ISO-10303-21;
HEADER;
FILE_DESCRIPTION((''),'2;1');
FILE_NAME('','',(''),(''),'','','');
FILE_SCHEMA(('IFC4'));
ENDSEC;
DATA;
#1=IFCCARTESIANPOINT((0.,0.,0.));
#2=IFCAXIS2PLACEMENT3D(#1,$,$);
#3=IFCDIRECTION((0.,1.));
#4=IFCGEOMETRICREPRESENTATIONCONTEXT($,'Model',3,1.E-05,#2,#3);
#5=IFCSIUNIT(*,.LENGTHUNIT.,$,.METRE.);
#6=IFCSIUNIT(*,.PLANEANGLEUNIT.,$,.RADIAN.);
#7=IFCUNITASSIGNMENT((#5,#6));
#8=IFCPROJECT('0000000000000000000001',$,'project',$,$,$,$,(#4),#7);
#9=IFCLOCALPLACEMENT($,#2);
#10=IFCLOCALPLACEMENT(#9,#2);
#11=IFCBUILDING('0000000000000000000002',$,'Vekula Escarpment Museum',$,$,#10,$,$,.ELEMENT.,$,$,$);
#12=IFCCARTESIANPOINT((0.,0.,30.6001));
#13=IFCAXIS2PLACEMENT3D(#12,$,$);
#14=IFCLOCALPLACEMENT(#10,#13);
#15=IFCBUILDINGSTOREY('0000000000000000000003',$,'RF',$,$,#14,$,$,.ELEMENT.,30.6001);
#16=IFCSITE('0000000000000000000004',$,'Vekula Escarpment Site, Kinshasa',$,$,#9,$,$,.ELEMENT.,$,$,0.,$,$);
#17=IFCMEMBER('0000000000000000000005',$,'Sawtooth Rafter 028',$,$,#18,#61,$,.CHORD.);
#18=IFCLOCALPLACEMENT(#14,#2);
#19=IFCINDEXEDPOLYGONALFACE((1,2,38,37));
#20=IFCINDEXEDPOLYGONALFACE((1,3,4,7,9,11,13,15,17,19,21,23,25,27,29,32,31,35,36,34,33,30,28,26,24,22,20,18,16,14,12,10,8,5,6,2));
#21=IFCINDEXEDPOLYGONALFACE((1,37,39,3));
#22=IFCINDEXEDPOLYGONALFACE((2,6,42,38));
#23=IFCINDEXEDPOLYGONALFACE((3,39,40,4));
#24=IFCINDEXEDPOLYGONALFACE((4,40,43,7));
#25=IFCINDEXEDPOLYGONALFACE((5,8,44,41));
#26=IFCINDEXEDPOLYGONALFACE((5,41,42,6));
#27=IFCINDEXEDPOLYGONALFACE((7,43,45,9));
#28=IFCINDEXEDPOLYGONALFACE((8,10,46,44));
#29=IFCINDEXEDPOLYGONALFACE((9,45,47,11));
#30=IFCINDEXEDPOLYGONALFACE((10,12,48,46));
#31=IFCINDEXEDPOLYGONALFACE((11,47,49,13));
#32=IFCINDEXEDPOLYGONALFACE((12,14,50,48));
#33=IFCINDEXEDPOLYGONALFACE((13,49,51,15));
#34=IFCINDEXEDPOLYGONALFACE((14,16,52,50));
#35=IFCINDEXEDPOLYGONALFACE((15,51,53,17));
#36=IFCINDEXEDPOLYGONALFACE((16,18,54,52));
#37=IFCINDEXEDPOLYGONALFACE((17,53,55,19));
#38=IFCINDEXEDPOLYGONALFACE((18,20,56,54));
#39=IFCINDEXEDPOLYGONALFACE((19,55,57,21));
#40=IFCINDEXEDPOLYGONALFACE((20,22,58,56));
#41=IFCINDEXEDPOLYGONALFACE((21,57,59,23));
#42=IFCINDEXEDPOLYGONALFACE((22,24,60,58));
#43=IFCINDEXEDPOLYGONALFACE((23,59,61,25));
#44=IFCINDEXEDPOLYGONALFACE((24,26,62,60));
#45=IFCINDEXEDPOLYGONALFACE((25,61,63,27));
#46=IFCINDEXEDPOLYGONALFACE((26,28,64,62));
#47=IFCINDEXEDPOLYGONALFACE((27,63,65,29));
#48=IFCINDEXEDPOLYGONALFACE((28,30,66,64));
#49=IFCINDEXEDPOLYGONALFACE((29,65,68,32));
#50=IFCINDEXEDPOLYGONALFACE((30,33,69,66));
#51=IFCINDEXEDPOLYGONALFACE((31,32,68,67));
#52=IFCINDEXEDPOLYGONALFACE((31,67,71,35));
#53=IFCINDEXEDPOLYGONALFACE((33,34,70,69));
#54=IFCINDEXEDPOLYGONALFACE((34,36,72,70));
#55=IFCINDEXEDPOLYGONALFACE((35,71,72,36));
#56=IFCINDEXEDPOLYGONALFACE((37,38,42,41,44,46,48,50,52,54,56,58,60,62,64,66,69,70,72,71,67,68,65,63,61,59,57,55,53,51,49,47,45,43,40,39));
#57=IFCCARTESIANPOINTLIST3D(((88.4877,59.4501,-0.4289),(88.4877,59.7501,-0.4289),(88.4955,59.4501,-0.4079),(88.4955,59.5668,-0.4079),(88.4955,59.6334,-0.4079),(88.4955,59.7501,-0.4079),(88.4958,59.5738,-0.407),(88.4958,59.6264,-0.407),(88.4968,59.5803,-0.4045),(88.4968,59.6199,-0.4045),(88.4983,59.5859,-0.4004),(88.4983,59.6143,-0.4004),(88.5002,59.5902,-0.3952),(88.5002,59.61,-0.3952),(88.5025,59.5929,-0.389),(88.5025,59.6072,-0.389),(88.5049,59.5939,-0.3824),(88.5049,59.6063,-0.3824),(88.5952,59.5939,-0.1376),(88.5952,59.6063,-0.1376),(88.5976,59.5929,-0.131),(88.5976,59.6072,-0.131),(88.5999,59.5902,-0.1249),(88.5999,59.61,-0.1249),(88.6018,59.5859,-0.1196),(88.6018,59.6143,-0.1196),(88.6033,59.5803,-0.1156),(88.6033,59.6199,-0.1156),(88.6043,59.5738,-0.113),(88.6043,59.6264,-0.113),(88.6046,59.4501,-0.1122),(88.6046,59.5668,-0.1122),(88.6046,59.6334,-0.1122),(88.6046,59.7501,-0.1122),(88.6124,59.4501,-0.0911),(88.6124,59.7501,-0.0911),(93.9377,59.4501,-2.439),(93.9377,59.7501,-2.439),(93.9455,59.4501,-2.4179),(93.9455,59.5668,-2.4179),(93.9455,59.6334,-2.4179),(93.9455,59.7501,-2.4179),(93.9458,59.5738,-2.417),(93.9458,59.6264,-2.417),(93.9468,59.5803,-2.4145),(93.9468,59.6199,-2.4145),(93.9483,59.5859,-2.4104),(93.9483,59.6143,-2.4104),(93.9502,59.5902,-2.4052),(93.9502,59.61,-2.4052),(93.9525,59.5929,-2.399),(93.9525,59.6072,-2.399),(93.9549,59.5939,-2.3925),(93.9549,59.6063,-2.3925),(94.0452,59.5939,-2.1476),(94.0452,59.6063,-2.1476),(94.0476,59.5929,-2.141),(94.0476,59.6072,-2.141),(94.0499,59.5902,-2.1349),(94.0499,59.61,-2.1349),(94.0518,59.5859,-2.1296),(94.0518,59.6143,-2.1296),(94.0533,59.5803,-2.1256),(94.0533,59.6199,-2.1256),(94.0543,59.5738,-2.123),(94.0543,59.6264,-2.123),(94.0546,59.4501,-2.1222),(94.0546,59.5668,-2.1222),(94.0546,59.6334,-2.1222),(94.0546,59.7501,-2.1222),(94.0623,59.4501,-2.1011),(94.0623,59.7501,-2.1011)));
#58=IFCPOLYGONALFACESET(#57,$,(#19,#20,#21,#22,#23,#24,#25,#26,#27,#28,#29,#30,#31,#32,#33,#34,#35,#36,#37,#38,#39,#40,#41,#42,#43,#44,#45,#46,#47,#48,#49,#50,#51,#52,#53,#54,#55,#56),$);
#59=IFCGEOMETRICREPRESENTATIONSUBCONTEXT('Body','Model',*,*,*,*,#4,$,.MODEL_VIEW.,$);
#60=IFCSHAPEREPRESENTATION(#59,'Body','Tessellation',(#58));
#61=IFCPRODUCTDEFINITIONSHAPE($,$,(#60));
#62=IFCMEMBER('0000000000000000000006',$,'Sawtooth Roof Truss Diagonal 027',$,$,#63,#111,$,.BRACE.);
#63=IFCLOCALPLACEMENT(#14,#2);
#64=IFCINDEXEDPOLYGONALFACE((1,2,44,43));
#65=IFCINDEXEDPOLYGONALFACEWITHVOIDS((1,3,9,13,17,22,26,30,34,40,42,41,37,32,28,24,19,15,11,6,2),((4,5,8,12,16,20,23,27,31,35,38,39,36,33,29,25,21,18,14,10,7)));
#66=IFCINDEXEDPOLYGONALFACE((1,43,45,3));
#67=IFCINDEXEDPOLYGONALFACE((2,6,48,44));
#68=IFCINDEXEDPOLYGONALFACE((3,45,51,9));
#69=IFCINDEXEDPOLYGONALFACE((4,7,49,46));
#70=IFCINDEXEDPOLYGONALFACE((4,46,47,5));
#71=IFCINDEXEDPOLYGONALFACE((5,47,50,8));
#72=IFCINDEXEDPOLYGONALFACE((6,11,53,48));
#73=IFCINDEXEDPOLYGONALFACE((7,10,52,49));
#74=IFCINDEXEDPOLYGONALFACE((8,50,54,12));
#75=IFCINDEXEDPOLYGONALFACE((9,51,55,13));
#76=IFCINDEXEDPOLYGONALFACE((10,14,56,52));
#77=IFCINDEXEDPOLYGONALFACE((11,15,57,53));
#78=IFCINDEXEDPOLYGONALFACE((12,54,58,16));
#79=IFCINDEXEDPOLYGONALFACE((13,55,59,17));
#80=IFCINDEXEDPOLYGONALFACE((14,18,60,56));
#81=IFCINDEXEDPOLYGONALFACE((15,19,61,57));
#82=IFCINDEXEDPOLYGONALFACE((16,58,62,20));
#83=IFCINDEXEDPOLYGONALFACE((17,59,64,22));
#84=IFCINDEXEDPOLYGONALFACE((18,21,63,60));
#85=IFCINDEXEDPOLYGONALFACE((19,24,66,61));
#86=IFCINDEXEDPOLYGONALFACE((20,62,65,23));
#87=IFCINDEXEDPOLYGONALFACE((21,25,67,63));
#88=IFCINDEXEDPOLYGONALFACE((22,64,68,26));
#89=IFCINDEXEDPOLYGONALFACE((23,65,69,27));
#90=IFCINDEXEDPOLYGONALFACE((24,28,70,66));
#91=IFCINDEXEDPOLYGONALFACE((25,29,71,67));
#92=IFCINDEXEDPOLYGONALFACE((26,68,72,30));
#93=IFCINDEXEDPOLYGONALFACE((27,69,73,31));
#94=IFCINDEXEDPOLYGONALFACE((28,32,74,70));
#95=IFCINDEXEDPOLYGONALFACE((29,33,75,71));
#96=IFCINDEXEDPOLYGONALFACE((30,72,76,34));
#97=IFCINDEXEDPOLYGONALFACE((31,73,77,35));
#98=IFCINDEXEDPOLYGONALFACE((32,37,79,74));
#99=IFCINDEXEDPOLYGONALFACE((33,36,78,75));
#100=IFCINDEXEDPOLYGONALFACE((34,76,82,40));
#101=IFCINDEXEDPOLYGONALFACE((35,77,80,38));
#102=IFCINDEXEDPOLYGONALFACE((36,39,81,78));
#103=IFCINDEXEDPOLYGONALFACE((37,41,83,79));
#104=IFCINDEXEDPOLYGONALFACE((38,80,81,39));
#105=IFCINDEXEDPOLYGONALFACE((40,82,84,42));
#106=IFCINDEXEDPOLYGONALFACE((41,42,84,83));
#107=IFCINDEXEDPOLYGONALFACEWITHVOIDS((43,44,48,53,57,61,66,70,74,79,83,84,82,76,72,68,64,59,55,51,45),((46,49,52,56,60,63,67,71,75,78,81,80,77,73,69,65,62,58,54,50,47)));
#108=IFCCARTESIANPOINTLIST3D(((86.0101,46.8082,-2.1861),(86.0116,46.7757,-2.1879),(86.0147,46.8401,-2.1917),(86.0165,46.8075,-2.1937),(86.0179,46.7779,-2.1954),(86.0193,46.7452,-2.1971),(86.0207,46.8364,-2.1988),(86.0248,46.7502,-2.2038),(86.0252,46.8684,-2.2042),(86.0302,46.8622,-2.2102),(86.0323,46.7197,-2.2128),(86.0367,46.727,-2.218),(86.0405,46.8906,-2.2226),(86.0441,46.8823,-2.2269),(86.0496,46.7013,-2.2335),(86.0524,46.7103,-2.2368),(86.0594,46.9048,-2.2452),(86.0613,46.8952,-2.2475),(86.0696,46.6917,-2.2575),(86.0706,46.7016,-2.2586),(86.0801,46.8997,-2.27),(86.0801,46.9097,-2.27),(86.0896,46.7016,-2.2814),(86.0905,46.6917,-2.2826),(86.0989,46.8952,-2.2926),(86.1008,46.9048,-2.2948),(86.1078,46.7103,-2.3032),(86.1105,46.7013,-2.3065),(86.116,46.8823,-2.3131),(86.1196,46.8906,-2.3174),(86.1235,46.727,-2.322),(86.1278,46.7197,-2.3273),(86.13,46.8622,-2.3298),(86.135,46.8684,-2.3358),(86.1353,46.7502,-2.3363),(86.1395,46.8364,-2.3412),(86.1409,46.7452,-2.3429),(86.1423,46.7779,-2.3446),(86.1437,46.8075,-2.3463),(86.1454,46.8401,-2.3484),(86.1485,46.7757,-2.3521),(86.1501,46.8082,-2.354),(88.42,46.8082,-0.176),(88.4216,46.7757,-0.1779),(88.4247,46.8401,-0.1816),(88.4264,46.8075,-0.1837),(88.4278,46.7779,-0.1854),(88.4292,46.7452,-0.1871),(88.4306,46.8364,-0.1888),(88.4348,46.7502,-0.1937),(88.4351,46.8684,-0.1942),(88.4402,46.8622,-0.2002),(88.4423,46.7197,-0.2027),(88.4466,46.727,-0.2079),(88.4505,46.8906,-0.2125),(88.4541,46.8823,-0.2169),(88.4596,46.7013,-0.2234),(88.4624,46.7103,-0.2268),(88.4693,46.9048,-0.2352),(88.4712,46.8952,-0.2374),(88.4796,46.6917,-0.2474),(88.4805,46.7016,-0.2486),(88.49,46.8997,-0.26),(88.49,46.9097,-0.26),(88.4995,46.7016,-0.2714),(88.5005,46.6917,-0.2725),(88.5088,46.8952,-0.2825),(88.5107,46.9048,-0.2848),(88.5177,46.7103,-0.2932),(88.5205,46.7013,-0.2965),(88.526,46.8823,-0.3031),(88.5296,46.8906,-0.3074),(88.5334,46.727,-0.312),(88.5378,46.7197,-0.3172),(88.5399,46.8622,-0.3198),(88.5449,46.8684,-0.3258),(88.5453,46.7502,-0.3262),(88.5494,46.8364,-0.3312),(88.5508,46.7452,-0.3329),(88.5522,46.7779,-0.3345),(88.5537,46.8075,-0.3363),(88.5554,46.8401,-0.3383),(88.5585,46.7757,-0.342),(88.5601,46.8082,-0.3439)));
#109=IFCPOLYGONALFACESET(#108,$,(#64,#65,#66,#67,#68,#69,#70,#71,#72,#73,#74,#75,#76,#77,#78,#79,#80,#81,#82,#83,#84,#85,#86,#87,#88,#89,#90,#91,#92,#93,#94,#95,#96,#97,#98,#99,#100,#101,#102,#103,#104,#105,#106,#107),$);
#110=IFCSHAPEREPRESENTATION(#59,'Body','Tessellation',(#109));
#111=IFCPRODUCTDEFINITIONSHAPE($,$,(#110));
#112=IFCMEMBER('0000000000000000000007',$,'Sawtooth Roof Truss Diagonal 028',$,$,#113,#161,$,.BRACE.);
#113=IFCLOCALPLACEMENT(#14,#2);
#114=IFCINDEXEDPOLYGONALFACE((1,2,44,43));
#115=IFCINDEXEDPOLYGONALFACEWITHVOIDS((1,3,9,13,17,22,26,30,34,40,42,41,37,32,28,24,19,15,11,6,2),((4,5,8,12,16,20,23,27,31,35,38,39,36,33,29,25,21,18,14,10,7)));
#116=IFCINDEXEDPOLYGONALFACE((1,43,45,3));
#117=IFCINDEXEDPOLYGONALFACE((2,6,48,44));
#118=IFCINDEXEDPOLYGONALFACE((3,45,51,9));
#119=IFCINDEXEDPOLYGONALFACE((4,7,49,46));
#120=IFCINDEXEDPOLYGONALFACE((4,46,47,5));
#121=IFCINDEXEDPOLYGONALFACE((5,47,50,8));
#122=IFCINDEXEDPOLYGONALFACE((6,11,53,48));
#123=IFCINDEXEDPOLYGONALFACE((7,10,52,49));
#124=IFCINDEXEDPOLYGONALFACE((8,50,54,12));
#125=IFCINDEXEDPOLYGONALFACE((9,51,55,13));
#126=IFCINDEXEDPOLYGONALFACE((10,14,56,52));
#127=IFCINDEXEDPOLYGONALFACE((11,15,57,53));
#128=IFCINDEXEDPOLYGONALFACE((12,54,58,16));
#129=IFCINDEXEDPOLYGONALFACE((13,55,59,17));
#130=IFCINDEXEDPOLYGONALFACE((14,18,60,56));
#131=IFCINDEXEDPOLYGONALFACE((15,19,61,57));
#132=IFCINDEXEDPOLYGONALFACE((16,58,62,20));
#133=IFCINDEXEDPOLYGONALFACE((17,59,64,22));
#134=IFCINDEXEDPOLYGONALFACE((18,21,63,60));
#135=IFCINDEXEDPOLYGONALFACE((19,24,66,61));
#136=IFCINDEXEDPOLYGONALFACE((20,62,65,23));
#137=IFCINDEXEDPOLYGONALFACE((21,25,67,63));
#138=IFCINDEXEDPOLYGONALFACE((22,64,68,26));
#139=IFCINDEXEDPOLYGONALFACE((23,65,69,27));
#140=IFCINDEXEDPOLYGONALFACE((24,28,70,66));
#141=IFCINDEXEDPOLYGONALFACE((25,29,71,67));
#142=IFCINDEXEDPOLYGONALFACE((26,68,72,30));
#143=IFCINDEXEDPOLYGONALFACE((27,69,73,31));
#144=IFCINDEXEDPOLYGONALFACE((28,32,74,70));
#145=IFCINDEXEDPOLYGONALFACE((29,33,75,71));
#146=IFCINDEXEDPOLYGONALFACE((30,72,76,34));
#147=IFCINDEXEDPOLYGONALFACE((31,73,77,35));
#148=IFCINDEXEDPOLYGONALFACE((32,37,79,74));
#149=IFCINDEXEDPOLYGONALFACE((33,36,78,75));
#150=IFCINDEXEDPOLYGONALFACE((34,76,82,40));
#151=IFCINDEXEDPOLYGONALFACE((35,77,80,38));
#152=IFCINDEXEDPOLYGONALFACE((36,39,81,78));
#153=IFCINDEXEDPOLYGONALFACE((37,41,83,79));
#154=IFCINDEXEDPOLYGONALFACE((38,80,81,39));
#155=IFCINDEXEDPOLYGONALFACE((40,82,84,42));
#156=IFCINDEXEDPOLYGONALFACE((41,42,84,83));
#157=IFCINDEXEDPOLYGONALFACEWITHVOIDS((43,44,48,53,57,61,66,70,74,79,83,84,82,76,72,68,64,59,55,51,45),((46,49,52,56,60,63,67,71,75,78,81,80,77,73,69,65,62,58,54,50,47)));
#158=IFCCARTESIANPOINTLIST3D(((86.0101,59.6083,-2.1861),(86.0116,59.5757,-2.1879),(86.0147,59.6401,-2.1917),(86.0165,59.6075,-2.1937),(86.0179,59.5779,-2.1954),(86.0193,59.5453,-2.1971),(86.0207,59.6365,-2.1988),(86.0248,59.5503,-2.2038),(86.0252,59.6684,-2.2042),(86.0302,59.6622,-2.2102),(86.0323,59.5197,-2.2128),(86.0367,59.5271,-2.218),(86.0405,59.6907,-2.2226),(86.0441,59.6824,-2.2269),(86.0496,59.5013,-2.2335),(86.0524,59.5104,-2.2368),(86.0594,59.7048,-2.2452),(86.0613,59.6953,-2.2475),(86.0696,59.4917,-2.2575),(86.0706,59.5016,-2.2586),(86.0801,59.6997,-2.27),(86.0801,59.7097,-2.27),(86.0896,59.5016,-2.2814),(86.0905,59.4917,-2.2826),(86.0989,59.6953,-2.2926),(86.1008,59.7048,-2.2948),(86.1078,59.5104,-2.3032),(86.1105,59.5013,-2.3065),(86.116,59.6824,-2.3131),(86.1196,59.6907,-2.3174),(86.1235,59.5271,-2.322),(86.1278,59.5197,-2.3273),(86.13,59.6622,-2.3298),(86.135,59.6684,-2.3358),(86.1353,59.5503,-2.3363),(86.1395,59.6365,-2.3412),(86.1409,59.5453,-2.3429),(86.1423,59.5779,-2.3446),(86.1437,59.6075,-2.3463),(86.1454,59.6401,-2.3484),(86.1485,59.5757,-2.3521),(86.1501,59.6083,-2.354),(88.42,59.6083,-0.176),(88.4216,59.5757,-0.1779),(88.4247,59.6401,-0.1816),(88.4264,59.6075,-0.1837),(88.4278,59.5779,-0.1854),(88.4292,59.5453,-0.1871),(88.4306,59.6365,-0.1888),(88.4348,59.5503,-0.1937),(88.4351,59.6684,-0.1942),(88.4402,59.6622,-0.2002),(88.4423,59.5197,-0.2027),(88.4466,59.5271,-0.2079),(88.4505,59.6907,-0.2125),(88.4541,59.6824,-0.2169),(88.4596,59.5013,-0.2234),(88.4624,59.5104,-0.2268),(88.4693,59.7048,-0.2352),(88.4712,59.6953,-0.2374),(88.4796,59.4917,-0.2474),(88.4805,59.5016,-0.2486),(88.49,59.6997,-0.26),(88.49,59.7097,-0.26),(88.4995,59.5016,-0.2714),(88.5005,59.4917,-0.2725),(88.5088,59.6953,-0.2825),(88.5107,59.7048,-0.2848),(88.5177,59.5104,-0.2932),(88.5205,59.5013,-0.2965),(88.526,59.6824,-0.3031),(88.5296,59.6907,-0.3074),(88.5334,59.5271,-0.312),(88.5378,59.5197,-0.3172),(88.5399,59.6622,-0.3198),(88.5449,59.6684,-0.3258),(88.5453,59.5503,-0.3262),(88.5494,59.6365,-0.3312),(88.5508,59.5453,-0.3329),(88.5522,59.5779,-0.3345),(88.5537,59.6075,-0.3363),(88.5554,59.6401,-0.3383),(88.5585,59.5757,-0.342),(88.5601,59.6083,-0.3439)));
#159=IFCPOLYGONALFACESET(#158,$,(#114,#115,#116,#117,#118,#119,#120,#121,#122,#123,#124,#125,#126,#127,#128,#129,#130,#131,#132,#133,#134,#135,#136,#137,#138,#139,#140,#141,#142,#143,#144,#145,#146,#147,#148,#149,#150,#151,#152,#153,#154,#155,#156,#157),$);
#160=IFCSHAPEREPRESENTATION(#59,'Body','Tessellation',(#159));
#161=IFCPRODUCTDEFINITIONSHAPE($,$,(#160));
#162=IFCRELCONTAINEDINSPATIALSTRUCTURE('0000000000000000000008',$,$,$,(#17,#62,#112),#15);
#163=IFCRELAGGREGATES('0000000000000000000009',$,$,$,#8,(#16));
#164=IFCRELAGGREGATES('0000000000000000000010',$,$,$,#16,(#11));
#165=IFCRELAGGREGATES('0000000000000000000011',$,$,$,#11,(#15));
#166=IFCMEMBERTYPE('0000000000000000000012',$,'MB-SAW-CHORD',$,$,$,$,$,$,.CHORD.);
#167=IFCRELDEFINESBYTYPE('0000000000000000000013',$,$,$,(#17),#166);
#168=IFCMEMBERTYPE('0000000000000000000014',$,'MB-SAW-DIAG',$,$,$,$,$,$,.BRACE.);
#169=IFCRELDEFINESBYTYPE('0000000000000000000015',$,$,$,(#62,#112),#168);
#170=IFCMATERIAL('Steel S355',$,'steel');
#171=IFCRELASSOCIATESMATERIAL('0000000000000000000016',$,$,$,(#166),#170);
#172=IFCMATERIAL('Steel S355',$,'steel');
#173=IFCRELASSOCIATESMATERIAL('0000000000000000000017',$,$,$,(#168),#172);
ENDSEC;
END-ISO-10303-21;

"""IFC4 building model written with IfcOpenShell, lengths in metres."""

from ifc_helpers import new_model, si_unit, direction, frame, origin, origin_2d, place, context, subcontext, project, spatial, hollow_circle, i_section, extrude, material, material_profile, profile_set, type_object, element, save


model = new_model("IFC4")

# Units and contexts
model_context = context("Model", 3, precision=1e-05, world=origin(), true_north=direction((0.0, 1.0)))
body_context = subcontext(model_context, "Body", "Model", "MODEL_VIEW")
ifc_project = project(units=[si_unit("LENGTHUNIT", "METRE"), si_unit("PLANEANGLEUNIT", "RADIAN")], contexts=[model_context])

# Site, building, storey
site_placement = place(None, origin())
site = spatial("IfcSite", under=ifc_project, at=site_placement, Name="Vekula Escarpment Site, Kinshasa", CompositionType="ELEMENT", RefElevation=0.0)
building_placement = place(site_placement, origin())
building = spatial("IfcBuilding", under=site, at=building_placement, Name="Vekula Escarpment Museum", CompositionType="ELEMENT")
storey_placement = place(building_placement, frame((0.0, 0.0, 30.6001)))
storey = spatial("IfcBuildingStorey", under=building, at=storey_placement, Name="RF", CompositionType="ELEMENT", Elevation=30.6001)

# Members
ifc_material_1 = material(Name="Steel S355", Category="steel")
ifc_material_profile_1 = material_profile(ifc_material_1, i_section(OverallWidth=0.3, OverallDepth=0.3601, WebThickness=0.0125, FlangeThickness=0.0225, FilletRadius=0.0271, at=origin_2d()), Name="HEB 360")
ifc_profile_set_1 = profile_set([ifc_material_profile_1], Name="Steel S355")
member_type_1 = type_object("IfcMemberType", Name="MB-SAW-CHORD", PredefinedType="CHORD", material=ifc_profile_set_1)
for number, where, z_axis, x_axis, name in (
    (1, (88.55, 59.6001, -0.26), (0.938224, 0.0, -0.346029), (0.0, 1.0, 0.0), "Sawtooth Rafter 028"),
):
    element("IfcMember", number, at=place(storey_placement, frame(where, z_axis=z_axis, x_axis=x_axis)), inside=storey, type_object=member_type_1, Name=name, PredefinedType="CHORD", context=body_context, shape_type="SweptSolid", body=[
        extrude(i_section(OverallWidth=0.3, OverallDepth=0.3601, WebThickness=0.0125, FlangeThickness=0.0225, FilletRadius=0.0271, at=origin_2d()), origin(), (0.0, 0.0, 1.0), 5.8088),
    ])
ifc_material_2 = material(Name="Steel S355", Category="steel")
ifc_material_profile_2 = material_profile(ifc_material_2, hollow_circle(Radius=0.1096, WallThickness=0.01, at=origin_2d()), Name="CHS 219.1x10")
ifc_profile_set_2 = profile_set([ifc_material_profile_2], Name="Steel S355")
member_type_2 = type_object("IfcMemberType", Name="MB-SAW-DIAG", PredefinedType="BRACE", material=ifc_profile_set_2)
for number, where, z_axis, x_axis, name in (
    (2, (86.0801, 46.8, -2.27), (0.767947, 0.0, 0.640513), (0.0, 1.0, 0.0), "Sawtooth Roof Truss Diagonal 027"),
    (3, (86.0801, 59.6001, -2.27), (0.767947, 0.0, 0.640513), (0.0, 1.0, 0.0), "Sawtooth Roof Truss Diagonal 028"),
):
    element("IfcMember", number, at=place(storey_placement, frame(where, z_axis=z_axis, x_axis=x_axis)), inside=storey, type_object=member_type_2, Name=name, PredefinedType="BRACE", context=body_context, shape_type="SweptSolid", body=[
        extrude(hollow_circle(Radius=0.1096, WallThickness=0.01, at=origin_2d()), origin(), (0.0, 0.0, 1.0), 3.1382),
    ])

save(model, "model.ifc")
